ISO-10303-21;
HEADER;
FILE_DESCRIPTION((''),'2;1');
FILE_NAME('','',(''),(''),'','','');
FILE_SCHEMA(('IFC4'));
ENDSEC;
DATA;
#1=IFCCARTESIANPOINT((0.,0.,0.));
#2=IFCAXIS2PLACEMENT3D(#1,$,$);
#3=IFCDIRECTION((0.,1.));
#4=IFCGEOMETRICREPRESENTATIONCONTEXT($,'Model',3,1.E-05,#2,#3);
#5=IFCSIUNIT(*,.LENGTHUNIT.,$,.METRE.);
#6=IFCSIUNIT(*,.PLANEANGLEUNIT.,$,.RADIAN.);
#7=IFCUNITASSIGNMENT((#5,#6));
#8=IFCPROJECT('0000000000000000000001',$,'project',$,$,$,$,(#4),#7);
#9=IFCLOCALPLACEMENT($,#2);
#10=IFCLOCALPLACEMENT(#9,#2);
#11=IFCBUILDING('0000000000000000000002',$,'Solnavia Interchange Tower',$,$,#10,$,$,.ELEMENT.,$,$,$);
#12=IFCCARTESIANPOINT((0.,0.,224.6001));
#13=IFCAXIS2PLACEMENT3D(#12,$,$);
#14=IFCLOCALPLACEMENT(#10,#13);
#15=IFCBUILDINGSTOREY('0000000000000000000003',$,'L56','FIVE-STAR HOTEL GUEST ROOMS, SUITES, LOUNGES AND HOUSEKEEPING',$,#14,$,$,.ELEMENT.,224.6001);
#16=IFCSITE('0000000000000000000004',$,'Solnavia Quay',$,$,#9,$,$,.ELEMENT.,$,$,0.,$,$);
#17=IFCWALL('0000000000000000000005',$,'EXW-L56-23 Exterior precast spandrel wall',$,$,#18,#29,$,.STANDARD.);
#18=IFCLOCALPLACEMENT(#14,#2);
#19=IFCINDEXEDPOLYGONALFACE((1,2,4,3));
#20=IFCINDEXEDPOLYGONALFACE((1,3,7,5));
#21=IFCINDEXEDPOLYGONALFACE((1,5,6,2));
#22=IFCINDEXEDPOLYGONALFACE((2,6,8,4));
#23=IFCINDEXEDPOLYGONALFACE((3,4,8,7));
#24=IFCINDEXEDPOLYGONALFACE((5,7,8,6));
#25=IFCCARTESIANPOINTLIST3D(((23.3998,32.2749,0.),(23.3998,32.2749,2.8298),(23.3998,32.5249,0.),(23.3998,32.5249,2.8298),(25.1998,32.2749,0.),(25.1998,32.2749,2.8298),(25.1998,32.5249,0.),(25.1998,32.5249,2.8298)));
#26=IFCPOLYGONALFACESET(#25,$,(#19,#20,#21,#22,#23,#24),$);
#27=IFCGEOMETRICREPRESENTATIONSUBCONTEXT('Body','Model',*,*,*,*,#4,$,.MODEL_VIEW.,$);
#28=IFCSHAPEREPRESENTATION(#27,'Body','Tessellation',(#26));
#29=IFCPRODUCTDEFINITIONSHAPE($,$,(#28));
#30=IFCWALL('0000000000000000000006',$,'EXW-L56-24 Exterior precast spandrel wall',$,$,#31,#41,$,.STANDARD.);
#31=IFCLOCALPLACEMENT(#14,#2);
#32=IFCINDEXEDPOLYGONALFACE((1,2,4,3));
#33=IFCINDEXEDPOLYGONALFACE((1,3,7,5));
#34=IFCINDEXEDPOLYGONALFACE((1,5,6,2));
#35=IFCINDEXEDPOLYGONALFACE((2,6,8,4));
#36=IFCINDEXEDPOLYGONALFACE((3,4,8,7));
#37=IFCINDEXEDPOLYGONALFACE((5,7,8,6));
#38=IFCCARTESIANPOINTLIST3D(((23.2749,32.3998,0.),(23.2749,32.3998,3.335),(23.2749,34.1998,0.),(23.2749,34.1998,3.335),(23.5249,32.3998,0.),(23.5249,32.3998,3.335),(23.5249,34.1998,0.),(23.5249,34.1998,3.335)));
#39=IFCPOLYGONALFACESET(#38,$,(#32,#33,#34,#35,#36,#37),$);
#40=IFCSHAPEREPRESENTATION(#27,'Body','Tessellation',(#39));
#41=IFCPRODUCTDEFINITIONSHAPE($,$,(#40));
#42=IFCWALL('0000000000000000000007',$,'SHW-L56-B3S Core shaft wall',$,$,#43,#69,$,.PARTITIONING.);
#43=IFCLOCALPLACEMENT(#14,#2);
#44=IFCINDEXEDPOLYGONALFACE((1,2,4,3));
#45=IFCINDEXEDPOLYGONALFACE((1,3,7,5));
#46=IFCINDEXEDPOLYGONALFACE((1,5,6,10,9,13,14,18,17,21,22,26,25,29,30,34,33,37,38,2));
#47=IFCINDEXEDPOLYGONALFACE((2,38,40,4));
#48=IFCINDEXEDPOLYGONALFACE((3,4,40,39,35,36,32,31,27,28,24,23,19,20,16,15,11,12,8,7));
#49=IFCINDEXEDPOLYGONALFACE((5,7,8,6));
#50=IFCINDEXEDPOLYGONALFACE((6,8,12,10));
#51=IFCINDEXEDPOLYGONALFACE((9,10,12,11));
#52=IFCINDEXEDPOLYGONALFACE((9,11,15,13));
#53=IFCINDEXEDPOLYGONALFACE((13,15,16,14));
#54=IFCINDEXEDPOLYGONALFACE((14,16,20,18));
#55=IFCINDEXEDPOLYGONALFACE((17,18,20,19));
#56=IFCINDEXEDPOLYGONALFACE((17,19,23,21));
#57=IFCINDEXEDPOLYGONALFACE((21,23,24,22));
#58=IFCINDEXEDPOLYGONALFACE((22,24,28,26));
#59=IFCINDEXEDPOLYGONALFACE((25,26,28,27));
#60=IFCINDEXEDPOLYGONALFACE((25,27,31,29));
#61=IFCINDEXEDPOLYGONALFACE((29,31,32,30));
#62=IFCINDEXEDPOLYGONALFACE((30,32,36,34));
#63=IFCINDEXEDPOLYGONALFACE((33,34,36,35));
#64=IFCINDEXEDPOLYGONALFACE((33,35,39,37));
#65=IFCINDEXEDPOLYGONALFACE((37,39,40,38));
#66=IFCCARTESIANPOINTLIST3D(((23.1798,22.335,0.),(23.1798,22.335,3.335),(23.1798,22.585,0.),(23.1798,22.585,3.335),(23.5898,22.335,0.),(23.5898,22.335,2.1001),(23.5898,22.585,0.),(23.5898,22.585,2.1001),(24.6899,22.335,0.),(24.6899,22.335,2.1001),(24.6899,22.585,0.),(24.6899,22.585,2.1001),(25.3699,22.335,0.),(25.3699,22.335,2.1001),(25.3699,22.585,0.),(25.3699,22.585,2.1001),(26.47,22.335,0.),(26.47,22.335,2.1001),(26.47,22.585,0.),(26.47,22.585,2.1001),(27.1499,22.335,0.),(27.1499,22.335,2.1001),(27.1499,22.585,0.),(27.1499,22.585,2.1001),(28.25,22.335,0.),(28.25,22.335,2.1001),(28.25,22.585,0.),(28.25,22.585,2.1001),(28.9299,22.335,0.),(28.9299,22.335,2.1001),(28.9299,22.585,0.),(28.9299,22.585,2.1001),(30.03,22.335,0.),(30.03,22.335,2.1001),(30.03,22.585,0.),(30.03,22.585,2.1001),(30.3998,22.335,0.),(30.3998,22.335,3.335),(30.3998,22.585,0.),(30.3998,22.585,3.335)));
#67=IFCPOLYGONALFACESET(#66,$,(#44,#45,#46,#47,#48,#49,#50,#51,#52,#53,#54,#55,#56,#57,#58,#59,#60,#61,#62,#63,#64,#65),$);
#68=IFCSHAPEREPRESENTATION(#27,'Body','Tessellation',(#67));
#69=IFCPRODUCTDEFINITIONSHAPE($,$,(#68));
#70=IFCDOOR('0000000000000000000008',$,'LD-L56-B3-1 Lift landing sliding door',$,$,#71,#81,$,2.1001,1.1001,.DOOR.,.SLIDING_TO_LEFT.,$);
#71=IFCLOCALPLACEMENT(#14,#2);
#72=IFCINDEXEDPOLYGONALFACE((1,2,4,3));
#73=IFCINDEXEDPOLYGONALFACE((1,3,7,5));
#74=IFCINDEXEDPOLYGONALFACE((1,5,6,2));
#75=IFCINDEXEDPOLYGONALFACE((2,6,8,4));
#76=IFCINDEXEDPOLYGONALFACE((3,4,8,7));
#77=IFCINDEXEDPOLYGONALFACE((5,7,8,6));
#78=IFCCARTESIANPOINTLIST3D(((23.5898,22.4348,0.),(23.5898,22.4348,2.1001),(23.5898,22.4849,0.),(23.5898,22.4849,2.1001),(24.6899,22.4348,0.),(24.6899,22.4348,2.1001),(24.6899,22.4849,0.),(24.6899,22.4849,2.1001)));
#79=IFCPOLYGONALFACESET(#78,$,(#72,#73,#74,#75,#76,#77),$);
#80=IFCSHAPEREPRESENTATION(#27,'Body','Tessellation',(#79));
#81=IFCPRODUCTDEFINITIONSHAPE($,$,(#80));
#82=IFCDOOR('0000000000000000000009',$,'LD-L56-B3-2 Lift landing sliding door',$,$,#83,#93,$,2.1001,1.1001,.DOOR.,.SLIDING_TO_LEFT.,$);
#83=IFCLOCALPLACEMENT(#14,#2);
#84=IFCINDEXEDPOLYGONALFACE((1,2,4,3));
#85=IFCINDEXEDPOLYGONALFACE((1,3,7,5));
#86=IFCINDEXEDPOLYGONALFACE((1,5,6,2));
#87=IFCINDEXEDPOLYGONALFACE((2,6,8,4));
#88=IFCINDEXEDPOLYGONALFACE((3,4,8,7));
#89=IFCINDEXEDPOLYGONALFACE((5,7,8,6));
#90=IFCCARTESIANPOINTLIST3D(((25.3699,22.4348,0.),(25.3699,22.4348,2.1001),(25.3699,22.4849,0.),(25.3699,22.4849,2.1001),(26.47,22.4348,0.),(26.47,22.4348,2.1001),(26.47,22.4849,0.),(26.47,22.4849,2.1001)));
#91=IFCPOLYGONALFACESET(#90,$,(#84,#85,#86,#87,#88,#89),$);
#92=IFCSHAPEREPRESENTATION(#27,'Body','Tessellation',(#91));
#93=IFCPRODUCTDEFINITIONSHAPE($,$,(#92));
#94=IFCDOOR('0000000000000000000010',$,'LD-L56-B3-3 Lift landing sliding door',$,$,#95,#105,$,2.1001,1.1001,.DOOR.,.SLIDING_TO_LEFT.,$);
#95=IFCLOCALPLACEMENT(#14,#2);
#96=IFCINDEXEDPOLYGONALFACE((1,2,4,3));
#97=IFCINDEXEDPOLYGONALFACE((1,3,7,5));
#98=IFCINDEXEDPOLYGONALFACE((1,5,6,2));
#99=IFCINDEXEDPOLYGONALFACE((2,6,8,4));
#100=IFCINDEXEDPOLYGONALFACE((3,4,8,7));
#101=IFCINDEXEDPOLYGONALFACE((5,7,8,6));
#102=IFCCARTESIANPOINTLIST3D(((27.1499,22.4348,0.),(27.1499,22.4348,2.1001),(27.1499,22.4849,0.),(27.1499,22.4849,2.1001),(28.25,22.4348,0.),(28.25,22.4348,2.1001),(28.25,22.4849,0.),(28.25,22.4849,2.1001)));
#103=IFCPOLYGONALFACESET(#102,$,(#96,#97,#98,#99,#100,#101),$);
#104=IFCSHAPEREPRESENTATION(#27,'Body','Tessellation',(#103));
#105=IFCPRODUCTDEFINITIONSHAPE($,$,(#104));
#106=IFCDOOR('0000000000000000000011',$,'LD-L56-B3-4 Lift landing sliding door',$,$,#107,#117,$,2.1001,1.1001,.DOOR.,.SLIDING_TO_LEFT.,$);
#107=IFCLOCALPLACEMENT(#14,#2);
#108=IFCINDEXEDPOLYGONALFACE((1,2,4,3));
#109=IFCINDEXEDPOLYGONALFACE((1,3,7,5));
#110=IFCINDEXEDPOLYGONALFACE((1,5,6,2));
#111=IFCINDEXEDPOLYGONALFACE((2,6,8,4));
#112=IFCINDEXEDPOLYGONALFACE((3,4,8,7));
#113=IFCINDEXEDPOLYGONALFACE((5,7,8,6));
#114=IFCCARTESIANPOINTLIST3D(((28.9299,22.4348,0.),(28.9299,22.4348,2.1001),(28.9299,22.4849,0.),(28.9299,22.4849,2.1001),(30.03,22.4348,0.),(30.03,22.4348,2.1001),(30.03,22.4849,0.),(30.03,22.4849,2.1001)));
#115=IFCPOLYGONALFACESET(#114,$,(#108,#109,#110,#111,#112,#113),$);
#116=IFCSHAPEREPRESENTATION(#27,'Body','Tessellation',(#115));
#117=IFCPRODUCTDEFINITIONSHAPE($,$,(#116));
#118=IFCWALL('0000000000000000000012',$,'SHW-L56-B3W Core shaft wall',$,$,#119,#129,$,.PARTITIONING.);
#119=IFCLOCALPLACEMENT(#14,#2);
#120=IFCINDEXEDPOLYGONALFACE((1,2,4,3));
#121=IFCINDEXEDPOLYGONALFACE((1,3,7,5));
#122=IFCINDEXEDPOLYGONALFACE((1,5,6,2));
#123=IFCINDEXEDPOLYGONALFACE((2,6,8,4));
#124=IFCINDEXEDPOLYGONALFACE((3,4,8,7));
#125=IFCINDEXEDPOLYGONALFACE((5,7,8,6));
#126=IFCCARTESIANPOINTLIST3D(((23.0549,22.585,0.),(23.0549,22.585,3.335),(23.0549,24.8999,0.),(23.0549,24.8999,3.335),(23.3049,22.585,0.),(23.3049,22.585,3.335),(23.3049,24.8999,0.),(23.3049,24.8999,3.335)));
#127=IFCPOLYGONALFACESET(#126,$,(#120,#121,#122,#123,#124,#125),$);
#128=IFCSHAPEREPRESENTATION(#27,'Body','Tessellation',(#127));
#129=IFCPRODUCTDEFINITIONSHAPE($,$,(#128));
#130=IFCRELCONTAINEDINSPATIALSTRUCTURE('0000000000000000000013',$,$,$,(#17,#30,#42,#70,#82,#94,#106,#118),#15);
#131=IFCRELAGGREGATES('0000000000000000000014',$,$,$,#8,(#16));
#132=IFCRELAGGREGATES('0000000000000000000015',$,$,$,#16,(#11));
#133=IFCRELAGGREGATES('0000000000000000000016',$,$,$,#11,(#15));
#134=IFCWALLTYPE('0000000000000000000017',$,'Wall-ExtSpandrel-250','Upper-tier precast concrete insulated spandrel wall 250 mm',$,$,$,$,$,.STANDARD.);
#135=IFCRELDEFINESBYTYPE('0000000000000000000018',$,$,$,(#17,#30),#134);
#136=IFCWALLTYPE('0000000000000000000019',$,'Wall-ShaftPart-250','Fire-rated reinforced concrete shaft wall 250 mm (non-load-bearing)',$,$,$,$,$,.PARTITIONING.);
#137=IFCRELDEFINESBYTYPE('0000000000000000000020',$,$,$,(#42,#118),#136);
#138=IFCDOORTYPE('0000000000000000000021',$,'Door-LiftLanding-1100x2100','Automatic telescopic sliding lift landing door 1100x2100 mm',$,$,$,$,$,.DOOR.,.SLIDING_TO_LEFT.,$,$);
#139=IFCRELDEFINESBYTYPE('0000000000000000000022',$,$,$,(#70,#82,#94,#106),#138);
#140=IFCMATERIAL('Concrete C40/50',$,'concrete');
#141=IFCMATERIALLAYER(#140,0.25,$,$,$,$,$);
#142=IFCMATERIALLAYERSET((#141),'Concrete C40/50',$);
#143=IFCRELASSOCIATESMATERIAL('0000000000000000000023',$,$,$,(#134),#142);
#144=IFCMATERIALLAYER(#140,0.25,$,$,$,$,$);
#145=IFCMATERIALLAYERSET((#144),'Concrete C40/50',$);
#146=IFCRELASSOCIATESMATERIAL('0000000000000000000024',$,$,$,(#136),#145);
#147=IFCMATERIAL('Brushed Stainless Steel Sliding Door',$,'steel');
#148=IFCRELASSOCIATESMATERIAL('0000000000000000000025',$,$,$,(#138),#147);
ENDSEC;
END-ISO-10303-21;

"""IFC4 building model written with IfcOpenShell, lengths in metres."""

from ifc_helpers import new_model, si_unit, direction, frame, frame_2d, origin, place, context, subcontext, project, spatial, rectangle, extrude, material, layer, layer_set, type_object, element, fill, save


model = new_model("IFC4")

# Units and contexts
model_context = context("Model", 3, precision=1e-05, world=origin(), true_north=direction((0.0, 1.0)))
body_context = subcontext(model_context, "Body", "Model", "MODEL_VIEW")
ifc_project = project(units=[si_unit("LENGTHUNIT", "METRE"), si_unit("PLANEANGLEUNIT", "RADIAN")], contexts=[model_context])

# Site, building, storey
site_placement = place(None, origin())
site = spatial("IfcSite", under=ifc_project, at=site_placement, Name="Solnavia Quay", CompositionType="ELEMENT", RefElevation=0.0)
building_placement = place(site_placement, origin())
building = spatial("IfcBuilding", under=site, at=building_placement, Name="Solnavia Interchange Tower", CompositionType="ELEMENT")
storey_placement = place(building_placement, frame((0.0, 0.0, 224.6001)))
storey = spatial("IfcBuildingStorey", under=building, at=storey_placement, Name="L56", Description="FIVE-STAR HOTEL GUEST ROOMS, SUITES, LOUNGES AND HOUSEKEEPING", CompositionType="ELEMENT", Elevation=224.6001)

# Shared definitions
ifc_material_1 = material(Name="Concrete C40/50", Category="concrete")
ifc_layer_1 = layer(ifc_material_1, 0.25)
ifc_layer_set_1 = layer_set([ifc_layer_1], Name="Concrete C40/50")
wall_type_1 = type_object("IfcWallType", Name="Wall-ExtSpandrel-250", Description="Upper-tier precast concrete insulated spandrel wall 250 mm", PredefinedType="STANDARD", material=ifc_layer_set_1)

# Walls
wall_1_placement = place(storey_placement, frame((23.3999, 32.3999, 0.0), z_axis=(0.0, 0.0, 1.0), x_axis=(1.0, 0.0, 0.0)))
element("IfcWall", 1, at=wall_1_placement, inside=storey, type_object=wall_type_1, Name="EXW-L56-23 Exterior precast spandrel wall", PredefinedType="STANDARD", context=body_context, shape_type="SweptSolid", body=[
    extrude(rectangle(XDim=1.8, YDim=0.25, at=frame_2d((0.8999, 0.0))), origin(), (0.0, 0.0, 1.0), 2.8298),
])
wall_2_placement = place(storey_placement, frame((23.3999, 32.3999, 0.0), z_axis=(0.0, 0.0, 1.0), x_axis=(0.0, 1.0, 0.0)))
element("IfcWall", 2, at=wall_2_placement, inside=storey, type_object=wall_type_1, Name="EXW-L56-24 Exterior precast spandrel wall", PredefinedType="STANDARD", context=body_context, shape_type="SweptSolid", body=[
    extrude(rectangle(XDim=1.8, YDim=0.25, at=frame_2d((0.8999, 0.0))), origin(), (0.0, 0.0, 1.0), 3.335),
])

# Wall, openings, doors
ifc_layer_2 = layer(ifc_material_1, 0.25)
ifc_layer_set_2 = layer_set([ifc_layer_2], Name="Concrete C40/50")
wall_type_2 = type_object("IfcWallType", Name="Wall-ShaftPart-250", Description="Fire-rated reinforced concrete shaft wall 250 mm (non-load-bearing)", PredefinedType="PARTITIONING", material=ifc_layer_set_2)
wall_3_placement = place(storey_placement, frame((23.1799, 22.46, 0.0), z_axis=(0.0, 0.0, 1.0), x_axis=(1.0, 0.0, 0.0)))
wall_3 = element("IfcWall", 3, at=wall_3_placement, inside=storey, type_object=wall_type_2, Name="SHW-L56-B3S Core shaft wall", PredefinedType="PARTITIONING", context=body_context, shape_type="SweptSolid", body=[
    extrude(rectangle(XDim=7.22, YDim=0.25, at=frame_2d((3.6099, 0.0))), origin(), (0.0, 0.0, 1.0), 3.335),
])
opening_1_placement = place(wall_3_placement, frame((0.4099, 0.0, 0.0)))
opening_1 = element("IfcOpeningElement", 4, at=opening_1_placement, cuts=wall_3, PredefinedType="OPENING", context=body_context, shape_type="SweptSolid", body=[
    extrude(rectangle(XDim=1.1001, YDim=2.1001, at=frame_2d((0.55, 1.05))), frame((0.0, 0.135, 0.0), z_axis=(0.0, -1.0, 0.0), x_axis=(1.0, 0.0, 0.0)), (0.0, 0.0, 1.0), 0.27),
])
opening_2_placement = place(wall_3_placement, frame((2.1899, 0.0, 0.0)))
opening_2 = element("IfcOpeningElement", 5, at=opening_2_placement, cuts=wall_3, PredefinedType="OPENING", context=body_context, shape_type="SweptSolid", body=[
    extrude(rectangle(XDim=1.1001, YDim=2.1001, at=frame_2d((0.55, 1.05))), frame((0.0, 0.135, 0.0), z_axis=(0.0, -1.0, 0.0), x_axis=(1.0, 0.0, 0.0)), (0.0, 0.0, 1.0), 0.27),
])
opening_3_placement = place(wall_3_placement, frame((3.97, 0.0, 0.0)))
opening_3 = element("IfcOpeningElement", 6, at=opening_3_placement, cuts=wall_3, PredefinedType="OPENING", context=body_context, shape_type="SweptSolid", body=[
    extrude(rectangle(XDim=1.1001, YDim=2.1001, at=frame_2d((0.55, 1.05))), frame((0.0, 0.135, 0.0), z_axis=(0.0, -1.0, 0.0), x_axis=(1.0, 0.0, 0.0)), (0.0, 0.0, 1.0), 0.27),
])
opening_4_placement = place(wall_3_placement, frame((5.75, 0.0, 0.0)))
opening_4 = element("IfcOpeningElement", 7, at=opening_4_placement, cuts=wall_3, PredefinedType="OPENING", context=body_context, shape_type="SweptSolid", body=[
    extrude(rectangle(XDim=1.1001, YDim=2.1001, at=frame_2d((0.55, 1.05))), frame((0.0, 0.135, 0.0), z_axis=(0.0, -1.0, 0.0), x_axis=(1.0, 0.0, 0.0)), (0.0, 0.0, 1.0), 0.27),
])
ifc_material_2 = material(Name="Brushed Stainless Steel Sliding Door", Category="steel")
door_type = type_object("IfcDoorType", Name="Door-LiftLanding-1100x2100", Description="Automatic telescopic sliding lift landing door 1100x2100 mm", OperationType="SLIDING_TO_LEFT", PredefinedType="DOOR", material=ifc_material_2)
door_1_placement = place(opening_1_placement, origin())
door_1 = element("IfcDoor", 8, at=door_1_placement, inside=storey, type_object=door_type, Name="LD-L56-B3-1 Lift landing sliding door", OperationType="SLIDING_TO_LEFT", OverallHeight=2.1001, OverallWidth=1.1001, PredefinedType="DOOR", context=body_context, shape_type="SweptSolid", body=[
    extrude(rectangle(XDim=1.1001, YDim=2.1001, at=frame_2d((0.55, 1.05))), frame((0.0, 0.0249, 0.0), z_axis=(0.0, -1.0, 0.0), x_axis=(1.0, 0.0, 0.0)), (0.0, 0.0, 1.0), 0.05),
])
fill(opening_1, door_1)
door_2_placement = place(opening_2_placement, origin())
door_2 = element("IfcDoor", 9, at=door_2_placement, inside=storey, type_object=door_type, Name="LD-L56-B3-2 Lift landing sliding door", OperationType="SLIDING_TO_LEFT", OverallHeight=2.1001, OverallWidth=1.1001, PredefinedType="DOOR", context=body_context, shape_type="SweptSolid", body=[
    extrude(rectangle(XDim=1.1001, YDim=2.1001, at=frame_2d((0.55, 1.05))), frame((0.0, 0.0249, 0.0), z_axis=(0.0, -1.0, 0.0), x_axis=(1.0, 0.0, 0.0)), (0.0, 0.0, 1.0), 0.05),
])
fill(opening_2, door_2)
door_3_placement = place(opening_3_placement, origin())
door_3 = element("IfcDoor", 10, at=door_3_placement, inside=storey, type_object=door_type, Name="LD-L56-B3-3 Lift landing sliding door", OperationType="SLIDING_TO_LEFT", OverallHeight=2.1001, OverallWidth=1.1001, PredefinedType="DOOR", context=body_context, shape_type="SweptSolid", body=[
    extrude(rectangle(XDim=1.1001, YDim=2.1001, at=frame_2d((0.55, 1.05))), frame((0.0, 0.0249, 0.0), z_axis=(0.0, -1.0, 0.0), x_axis=(1.0, 0.0, 0.0)), (0.0, 0.0, 1.0), 0.05),
])
fill(opening_3, door_3)
door_4_placement = place(opening_4_placement, origin())
door_4 = element("IfcDoor", 11, at=door_4_placement, inside=storey, type_object=door_type, Name="LD-L56-B3-4 Lift landing sliding door", OperationType="SLIDING_TO_LEFT", OverallHeight=2.1001, OverallWidth=1.1001, PredefinedType="DOOR", context=body_context, shape_type="SweptSolid", body=[
    extrude(rectangle(XDim=1.1001, YDim=2.1001, at=frame_2d((0.55, 1.05))), frame((0.0, 0.0249, 0.0), z_axis=(0.0, -1.0, 0.0), x_axis=(1.0, 0.0, 0.0)), (0.0, 0.0, 1.0), 0.05),
])
fill(opening_4, door_4)

# Wall
wall_4_placement = place(storey_placement, frame((23.1799, 22.585, 0.0), z_axis=(0.0, 0.0, 1.0), x_axis=(0.0, 1.0, 0.0)))
element("IfcWall", 12, at=wall_4_placement, inside=storey, type_object=wall_type_2, Name="SHW-L56-B3W Core shaft wall", PredefinedType="PARTITIONING", context=body_context, shape_type="SweptSolid", body=[
    extrude(rectangle(XDim=2.3149, YDim=0.25, at=frame_2d((1.1575, 0.0))), origin(), (0.0, 0.0, 1.0), 3.335),
])

save(model, "model.ifc")
